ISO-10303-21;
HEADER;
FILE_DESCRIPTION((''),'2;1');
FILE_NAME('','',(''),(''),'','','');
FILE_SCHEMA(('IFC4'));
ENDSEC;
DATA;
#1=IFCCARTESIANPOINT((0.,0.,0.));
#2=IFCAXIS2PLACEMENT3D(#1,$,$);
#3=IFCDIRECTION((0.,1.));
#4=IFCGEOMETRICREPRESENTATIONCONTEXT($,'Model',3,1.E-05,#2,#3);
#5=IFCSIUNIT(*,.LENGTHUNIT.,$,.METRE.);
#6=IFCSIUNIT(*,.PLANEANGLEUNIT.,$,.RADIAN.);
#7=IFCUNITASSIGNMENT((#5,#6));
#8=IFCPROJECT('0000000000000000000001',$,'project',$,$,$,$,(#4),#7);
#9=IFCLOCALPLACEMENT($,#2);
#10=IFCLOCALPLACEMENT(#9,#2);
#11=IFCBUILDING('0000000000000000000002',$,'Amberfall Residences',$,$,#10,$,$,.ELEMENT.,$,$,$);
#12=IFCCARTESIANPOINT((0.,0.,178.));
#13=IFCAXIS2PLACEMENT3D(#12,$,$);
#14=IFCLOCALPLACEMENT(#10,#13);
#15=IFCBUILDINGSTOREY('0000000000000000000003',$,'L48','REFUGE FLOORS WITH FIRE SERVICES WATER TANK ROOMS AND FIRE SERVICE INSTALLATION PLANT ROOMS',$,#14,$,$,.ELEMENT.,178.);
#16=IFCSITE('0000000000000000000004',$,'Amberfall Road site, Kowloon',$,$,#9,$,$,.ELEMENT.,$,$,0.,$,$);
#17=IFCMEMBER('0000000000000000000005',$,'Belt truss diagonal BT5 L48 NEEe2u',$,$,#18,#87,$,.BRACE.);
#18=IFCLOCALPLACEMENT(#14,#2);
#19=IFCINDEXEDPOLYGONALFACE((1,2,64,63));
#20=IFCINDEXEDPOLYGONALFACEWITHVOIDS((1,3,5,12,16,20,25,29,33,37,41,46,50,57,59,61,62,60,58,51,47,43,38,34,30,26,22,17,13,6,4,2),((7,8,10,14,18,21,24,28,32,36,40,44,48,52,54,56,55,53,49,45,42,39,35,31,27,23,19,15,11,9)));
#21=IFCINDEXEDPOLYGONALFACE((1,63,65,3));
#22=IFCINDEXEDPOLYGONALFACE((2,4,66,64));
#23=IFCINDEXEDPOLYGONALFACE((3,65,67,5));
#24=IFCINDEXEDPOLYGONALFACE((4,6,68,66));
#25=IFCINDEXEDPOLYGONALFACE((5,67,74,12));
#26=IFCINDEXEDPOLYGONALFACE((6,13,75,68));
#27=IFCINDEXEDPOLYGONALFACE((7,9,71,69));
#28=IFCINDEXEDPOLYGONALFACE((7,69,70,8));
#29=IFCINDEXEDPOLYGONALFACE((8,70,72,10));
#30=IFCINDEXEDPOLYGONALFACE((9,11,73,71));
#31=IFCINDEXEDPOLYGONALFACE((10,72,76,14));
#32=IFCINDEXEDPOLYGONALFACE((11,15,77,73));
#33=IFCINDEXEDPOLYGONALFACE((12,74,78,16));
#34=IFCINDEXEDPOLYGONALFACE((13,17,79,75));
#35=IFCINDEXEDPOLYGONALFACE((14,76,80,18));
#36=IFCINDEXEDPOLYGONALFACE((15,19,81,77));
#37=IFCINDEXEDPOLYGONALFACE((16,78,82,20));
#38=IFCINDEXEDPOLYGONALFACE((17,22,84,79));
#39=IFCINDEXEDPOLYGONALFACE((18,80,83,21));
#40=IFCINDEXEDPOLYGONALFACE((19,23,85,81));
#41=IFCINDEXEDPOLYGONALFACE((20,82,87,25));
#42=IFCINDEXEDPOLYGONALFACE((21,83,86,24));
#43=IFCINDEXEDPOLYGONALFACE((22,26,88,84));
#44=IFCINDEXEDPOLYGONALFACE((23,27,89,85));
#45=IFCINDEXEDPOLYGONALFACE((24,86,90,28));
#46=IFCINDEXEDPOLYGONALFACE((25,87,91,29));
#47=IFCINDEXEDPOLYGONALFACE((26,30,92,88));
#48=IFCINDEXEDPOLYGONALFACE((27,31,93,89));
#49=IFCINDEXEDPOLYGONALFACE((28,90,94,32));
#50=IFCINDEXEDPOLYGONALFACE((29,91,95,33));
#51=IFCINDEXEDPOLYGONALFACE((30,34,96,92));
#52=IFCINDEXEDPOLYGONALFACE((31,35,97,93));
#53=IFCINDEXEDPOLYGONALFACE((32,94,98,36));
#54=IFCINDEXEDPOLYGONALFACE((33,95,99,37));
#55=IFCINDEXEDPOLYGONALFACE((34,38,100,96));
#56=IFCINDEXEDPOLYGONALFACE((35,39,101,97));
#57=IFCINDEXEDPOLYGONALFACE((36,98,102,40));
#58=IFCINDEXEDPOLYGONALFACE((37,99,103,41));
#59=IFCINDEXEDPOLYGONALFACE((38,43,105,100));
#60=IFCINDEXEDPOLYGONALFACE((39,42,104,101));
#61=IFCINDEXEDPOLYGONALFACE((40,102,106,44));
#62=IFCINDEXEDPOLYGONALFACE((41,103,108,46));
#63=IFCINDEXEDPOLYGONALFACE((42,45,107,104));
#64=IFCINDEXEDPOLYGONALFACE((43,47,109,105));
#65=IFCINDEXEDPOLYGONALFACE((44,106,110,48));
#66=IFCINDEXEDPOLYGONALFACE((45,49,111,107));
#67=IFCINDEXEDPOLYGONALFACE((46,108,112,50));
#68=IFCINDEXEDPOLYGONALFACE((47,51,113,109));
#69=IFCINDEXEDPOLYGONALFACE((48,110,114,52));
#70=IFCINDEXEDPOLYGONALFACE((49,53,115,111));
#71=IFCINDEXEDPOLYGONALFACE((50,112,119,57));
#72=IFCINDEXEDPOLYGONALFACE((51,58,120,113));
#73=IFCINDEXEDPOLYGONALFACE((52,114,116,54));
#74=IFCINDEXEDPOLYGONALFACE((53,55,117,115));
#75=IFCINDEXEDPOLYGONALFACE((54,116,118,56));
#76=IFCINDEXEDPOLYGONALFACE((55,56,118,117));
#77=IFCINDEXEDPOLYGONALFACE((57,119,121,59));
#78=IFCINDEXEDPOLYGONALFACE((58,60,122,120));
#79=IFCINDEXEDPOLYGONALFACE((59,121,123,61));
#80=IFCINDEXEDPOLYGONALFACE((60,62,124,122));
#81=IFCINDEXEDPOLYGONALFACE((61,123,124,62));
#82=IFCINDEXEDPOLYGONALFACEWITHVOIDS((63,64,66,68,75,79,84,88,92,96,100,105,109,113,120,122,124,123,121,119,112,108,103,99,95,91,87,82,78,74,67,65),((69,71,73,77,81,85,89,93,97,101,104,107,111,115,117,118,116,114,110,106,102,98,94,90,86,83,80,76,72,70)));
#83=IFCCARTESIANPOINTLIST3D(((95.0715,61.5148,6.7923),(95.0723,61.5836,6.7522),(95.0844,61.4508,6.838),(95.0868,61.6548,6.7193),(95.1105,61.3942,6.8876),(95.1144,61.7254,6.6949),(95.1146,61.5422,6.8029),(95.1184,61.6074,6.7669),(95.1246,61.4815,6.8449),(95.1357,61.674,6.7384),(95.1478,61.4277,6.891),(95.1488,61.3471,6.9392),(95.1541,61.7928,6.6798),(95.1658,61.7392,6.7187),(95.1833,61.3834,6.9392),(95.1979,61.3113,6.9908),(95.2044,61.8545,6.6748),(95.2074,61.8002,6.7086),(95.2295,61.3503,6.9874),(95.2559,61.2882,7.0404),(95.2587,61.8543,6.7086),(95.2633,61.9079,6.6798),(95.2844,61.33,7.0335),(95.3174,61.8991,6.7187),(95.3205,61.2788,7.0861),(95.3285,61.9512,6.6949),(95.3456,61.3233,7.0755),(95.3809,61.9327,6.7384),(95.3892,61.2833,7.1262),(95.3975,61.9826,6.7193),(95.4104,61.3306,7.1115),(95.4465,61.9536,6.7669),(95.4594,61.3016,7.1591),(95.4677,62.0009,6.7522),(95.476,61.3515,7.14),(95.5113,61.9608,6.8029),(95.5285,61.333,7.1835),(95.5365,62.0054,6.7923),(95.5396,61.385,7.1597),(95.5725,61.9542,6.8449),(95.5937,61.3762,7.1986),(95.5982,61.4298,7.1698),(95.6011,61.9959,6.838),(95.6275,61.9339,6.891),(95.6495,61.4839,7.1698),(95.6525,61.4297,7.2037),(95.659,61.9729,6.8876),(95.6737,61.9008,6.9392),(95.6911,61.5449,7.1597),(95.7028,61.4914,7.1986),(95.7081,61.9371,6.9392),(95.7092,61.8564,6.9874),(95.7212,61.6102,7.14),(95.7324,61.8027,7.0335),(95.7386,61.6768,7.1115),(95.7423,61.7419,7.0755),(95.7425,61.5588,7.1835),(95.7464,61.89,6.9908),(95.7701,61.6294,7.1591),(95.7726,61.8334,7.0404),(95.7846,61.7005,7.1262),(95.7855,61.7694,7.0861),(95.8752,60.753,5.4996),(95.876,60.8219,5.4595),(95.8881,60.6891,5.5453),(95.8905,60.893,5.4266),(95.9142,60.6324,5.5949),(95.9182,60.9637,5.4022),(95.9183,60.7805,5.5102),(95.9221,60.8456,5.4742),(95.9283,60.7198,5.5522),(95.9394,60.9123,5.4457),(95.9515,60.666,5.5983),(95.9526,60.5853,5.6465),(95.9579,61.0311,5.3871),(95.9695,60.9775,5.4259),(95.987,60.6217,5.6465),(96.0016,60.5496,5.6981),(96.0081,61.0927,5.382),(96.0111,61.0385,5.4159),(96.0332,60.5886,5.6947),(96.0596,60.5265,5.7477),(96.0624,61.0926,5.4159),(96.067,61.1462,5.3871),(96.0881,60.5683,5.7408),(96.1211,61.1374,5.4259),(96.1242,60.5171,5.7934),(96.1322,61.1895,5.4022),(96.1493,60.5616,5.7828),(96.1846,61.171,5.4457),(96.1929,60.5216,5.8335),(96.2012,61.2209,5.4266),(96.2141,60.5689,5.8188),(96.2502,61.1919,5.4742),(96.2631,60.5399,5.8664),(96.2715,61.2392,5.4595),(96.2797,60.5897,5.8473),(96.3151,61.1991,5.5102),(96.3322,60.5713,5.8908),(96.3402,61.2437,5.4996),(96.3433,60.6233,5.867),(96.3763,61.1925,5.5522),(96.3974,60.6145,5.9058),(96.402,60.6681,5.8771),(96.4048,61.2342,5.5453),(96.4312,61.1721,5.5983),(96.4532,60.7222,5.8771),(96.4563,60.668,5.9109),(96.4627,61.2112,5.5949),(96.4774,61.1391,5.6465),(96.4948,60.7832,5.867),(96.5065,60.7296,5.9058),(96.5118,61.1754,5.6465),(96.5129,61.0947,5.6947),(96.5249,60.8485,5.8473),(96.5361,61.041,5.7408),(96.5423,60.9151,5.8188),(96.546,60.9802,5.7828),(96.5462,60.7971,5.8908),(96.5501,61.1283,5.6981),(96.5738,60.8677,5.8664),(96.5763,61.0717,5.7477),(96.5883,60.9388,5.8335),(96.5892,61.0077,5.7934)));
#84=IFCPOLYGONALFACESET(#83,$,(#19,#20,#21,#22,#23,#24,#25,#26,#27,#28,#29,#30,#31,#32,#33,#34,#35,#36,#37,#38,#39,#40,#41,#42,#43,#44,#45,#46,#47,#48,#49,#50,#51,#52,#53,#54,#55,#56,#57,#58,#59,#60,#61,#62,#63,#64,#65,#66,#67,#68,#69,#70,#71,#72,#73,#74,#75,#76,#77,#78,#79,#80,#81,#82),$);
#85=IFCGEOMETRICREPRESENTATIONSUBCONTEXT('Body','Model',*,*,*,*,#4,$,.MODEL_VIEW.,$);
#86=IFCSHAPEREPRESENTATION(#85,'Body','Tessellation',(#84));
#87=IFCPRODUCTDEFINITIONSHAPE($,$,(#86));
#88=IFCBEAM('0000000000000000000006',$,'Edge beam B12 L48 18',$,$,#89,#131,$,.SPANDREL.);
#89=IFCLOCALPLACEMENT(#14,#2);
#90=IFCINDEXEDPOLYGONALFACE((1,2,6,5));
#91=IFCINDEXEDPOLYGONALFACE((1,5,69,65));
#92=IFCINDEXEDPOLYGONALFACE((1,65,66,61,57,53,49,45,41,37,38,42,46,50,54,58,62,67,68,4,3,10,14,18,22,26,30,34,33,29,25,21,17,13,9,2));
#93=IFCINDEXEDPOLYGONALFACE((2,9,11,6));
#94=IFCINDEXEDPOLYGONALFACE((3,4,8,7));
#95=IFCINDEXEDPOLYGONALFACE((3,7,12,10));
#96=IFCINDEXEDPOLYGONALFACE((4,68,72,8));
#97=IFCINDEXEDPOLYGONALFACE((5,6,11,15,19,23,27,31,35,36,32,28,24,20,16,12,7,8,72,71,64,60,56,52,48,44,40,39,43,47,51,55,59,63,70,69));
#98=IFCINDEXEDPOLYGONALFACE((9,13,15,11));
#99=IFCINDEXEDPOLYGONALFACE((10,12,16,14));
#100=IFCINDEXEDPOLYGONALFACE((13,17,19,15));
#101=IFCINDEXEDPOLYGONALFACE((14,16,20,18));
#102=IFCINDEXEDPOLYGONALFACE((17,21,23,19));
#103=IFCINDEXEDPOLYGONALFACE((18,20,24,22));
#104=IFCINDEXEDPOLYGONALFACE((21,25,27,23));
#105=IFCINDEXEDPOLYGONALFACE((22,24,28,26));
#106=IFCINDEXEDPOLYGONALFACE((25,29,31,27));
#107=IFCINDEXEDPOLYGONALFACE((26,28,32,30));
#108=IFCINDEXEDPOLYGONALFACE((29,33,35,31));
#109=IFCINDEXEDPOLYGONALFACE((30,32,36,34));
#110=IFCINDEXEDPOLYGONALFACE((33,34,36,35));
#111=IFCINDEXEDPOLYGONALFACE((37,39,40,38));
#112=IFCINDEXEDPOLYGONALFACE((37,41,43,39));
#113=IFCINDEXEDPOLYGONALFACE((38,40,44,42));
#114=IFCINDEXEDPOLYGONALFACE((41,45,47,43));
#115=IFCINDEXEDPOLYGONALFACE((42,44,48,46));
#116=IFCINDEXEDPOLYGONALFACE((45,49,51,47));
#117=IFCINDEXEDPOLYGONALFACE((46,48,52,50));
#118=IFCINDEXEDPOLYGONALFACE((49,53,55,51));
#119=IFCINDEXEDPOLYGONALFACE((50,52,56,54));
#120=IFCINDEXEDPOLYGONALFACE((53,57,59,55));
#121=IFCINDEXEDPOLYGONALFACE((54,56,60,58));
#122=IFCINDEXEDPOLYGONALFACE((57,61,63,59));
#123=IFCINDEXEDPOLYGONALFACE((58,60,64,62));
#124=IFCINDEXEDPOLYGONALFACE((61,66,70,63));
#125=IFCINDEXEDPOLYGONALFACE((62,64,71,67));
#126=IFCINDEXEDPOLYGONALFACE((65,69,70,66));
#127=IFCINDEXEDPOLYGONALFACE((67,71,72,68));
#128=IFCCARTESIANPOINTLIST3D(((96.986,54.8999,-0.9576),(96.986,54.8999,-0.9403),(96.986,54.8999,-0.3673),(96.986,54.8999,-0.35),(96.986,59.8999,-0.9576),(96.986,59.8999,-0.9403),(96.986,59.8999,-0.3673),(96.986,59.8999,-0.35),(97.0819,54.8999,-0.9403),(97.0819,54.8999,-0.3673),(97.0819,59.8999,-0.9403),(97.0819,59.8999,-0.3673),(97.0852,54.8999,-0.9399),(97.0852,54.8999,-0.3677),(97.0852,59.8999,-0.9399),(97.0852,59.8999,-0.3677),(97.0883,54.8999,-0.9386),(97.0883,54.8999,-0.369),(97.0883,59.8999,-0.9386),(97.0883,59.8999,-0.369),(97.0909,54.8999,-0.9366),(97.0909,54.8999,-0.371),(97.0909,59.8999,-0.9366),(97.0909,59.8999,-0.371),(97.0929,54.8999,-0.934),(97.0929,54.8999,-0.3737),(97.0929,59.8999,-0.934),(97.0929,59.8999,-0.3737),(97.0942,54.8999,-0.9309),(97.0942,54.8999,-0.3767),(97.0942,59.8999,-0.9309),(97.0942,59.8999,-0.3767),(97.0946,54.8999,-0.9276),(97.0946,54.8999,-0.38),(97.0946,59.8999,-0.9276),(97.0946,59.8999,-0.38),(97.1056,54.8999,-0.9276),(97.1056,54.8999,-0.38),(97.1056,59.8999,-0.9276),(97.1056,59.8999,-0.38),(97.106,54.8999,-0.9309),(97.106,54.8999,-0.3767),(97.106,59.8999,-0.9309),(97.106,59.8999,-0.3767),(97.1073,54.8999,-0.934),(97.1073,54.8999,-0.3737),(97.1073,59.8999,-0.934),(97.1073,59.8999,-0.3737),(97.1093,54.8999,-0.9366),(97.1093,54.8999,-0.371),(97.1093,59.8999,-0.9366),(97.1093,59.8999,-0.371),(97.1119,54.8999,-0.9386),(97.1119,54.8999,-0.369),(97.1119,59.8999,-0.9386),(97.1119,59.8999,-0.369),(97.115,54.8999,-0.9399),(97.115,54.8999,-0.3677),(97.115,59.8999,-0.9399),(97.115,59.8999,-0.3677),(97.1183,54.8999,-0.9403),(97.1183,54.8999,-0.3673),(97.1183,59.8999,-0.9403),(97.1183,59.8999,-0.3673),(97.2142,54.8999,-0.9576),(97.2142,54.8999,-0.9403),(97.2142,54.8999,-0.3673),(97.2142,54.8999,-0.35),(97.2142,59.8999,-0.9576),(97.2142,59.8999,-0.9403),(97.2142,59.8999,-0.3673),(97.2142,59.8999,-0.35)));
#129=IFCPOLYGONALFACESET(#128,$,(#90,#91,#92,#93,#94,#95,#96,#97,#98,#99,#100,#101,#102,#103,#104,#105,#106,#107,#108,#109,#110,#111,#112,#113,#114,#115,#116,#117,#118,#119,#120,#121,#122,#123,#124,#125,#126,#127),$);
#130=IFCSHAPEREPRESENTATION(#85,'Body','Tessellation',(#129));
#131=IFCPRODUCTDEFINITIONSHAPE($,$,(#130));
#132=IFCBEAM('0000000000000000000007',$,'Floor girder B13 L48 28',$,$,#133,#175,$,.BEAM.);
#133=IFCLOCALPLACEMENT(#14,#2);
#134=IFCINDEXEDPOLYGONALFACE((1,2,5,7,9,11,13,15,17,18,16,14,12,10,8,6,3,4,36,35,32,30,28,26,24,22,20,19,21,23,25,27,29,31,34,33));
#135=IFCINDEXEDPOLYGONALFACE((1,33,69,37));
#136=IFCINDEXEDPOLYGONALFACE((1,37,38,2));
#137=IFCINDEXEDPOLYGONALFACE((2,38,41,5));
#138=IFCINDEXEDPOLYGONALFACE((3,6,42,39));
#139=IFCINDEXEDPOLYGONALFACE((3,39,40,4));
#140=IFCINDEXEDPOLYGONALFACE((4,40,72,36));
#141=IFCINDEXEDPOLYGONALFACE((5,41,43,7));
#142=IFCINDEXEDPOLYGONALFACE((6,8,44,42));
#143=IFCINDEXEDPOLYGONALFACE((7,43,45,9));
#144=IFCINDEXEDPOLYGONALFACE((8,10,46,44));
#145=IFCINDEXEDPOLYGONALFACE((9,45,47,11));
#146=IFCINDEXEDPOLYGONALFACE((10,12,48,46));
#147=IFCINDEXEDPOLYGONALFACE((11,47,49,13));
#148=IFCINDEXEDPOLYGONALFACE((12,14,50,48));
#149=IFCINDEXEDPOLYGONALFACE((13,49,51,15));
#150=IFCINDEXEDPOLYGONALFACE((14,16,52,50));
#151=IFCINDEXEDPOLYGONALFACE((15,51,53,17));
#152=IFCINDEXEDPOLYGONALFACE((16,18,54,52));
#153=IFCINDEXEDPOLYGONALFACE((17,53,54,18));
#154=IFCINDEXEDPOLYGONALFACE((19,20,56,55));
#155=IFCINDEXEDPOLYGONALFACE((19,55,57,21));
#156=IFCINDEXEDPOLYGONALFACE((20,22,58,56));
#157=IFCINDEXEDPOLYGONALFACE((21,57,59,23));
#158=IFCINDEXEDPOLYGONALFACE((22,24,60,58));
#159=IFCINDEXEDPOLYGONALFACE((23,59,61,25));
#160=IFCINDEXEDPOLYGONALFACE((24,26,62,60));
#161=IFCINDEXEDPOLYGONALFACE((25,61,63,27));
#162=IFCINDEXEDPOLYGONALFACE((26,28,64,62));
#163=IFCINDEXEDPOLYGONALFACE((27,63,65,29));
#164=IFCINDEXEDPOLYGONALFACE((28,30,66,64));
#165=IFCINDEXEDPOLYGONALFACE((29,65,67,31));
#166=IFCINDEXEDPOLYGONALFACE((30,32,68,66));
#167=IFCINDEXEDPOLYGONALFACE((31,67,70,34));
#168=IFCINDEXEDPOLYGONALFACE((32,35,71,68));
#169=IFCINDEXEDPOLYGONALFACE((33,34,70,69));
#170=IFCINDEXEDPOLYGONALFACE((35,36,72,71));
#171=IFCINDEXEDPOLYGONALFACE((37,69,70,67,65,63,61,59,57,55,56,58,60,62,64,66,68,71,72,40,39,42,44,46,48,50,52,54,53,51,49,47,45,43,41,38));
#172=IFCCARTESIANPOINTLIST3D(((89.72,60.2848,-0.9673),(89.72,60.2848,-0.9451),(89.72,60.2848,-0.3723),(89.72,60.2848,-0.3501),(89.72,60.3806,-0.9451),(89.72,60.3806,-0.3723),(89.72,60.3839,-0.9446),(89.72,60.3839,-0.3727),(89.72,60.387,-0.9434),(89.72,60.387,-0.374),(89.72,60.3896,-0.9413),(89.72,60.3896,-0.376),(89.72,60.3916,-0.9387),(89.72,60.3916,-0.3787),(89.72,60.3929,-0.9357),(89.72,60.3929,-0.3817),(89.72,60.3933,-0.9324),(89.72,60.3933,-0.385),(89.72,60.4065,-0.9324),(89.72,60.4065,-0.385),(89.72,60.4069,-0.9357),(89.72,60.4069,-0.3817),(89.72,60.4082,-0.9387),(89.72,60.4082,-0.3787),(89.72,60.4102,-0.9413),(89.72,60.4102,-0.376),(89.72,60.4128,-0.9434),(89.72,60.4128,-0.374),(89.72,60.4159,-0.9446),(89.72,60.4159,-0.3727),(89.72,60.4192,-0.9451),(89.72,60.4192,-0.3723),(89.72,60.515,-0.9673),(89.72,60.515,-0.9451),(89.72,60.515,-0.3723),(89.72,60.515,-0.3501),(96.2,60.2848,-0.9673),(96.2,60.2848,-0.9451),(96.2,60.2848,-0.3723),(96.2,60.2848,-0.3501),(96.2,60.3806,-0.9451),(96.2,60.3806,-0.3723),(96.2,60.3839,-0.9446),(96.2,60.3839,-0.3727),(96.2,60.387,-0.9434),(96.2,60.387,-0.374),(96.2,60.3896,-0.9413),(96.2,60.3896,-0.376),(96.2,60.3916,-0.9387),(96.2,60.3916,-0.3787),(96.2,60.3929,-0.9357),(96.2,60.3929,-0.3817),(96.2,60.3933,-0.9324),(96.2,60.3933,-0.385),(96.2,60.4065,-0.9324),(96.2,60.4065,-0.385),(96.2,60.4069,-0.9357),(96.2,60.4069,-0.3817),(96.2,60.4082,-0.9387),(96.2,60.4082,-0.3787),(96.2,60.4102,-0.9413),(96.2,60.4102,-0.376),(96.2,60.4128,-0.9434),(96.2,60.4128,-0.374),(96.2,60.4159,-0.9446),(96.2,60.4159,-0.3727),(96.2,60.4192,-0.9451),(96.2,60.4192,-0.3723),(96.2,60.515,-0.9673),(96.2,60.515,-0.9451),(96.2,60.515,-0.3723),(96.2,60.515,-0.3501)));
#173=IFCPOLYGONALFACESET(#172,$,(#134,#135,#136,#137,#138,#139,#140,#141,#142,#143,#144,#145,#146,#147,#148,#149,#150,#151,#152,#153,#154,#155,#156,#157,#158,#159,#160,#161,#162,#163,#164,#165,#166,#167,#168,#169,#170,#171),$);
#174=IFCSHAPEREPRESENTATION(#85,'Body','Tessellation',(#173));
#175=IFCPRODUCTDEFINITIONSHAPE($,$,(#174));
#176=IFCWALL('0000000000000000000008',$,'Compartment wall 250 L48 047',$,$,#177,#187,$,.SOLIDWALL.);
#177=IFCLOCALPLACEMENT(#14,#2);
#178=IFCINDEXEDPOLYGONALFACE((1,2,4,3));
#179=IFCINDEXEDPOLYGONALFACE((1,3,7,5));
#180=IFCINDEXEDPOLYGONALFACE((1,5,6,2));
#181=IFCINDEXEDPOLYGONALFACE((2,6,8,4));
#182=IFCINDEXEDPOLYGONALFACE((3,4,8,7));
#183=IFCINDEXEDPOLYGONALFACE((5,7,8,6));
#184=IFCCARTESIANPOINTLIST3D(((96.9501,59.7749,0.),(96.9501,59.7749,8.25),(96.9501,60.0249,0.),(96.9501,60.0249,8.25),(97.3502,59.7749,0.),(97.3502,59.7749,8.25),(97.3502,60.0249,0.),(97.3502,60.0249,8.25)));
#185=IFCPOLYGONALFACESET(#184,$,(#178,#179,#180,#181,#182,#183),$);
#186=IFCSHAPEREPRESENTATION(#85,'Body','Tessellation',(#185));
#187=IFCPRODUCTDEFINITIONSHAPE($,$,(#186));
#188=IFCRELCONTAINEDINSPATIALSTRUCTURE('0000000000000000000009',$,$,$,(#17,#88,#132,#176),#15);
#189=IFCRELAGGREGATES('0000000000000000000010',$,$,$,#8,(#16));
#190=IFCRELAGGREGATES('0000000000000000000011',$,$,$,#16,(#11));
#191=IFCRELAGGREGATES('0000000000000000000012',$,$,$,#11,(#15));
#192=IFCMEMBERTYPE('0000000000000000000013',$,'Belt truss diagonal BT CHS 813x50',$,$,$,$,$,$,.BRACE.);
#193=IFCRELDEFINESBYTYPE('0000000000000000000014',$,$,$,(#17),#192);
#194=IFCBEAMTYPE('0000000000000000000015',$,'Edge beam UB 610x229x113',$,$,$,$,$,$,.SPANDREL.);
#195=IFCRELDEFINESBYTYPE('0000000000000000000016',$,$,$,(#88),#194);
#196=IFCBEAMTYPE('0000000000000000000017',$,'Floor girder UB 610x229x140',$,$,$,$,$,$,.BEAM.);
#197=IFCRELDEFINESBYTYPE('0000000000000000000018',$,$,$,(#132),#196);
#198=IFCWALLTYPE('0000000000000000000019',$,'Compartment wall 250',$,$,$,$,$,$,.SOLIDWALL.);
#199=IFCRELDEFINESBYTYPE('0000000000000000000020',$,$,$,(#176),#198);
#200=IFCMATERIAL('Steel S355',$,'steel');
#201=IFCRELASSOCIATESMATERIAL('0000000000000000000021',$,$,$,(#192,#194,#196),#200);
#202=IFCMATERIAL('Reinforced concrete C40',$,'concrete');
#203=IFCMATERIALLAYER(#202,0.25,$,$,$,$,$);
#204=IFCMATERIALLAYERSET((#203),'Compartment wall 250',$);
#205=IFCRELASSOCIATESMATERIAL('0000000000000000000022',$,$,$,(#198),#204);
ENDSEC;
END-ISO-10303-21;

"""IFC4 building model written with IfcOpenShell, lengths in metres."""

from ifc_helpers import new_model, si_unit, direction, frame, frame_2d, origin, origin_2d, place, context, subcontext, project, spatial, rectangle, hollow_circle, i_section, extrude, material, layer, layer_set, material_profile, profile_set, type_object, element, save


model = new_model("IFC4")

# Units and contexts
model_context = context("Model", 3, precision=1e-05, world=origin(), true_north=direction((0.0, 1.0)))
body_context = subcontext(model_context, "Body", "Model", "MODEL_VIEW")
ifc_project = project(units=[si_unit("LENGTHUNIT", "METRE"), si_unit("PLANEANGLEUNIT", "RADIAN")], contexts=[model_context])

# Site, building, storey
site_placement = place(None, origin())
site = spatial("IfcSite", under=ifc_project, at=site_placement, Name="Amberfall Road site, Kowloon", CompositionType="ELEMENT", RefElevation=0.0)
building_placement = place(site_placement, origin())
building = spatial("IfcBuilding", under=site, at=building_placement, Name="Amberfall Residences", CompositionType="ELEMENT")
storey_placement = place(building_placement, frame((0.0, 0.0, 178.0)))
storey = spatial("IfcBuildingStorey", under=building, at=storey_placement, Name="L48", Description="REFUGE FLOORS WITH FIRE SERVICES WATER TANK ROOMS AND FIRE SERVICE INSTALLATION PLANT ROOMS", CompositionType="ELEMENT", Elevation=178.0)

# Shared definitions
ifc_material_1 = material(Name="Steel S355", Category="steel")

# Member
ifc_material_profile_1 = material_profile(ifc_material_1, hollow_circle(Radius=0.4065, WallThickness=0.05, at=origin_2d()), Name="CHS 813x50")
ifc_profile_set_1 = profile_set([ifc_material_profile_1], Name="Steel S355")
member_type_1 = type_object("IfcMemberType", Name="Belt truss diagonal BT CHS 813x50", PredefinedType="BRACE", material=ifc_profile_set_1)
member_1_placement = place(storey_placement, frame((95.4285, 61.6421, 6.9392), z_axis=(0.472175, -0.447505, -0.759467), x_axis=(0.687891, 0.725814, 0.0)))
element("IfcMember", 1, at=member_1_placement, inside=storey, type_object=member_type_1, Name="Belt truss diagonal BT5 L48 NEEe2u", PredefinedType="BRACE", context=body_context, shape_type="SweptSolid", body=[
    extrude(hollow_circle(Radius=0.4065, WallThickness=0.05, at=origin_2d()), origin(), (0.0, 0.0, 1.0), 1.7021),
])

# Beams
ifc_material_profile_2 = material_profile(ifc_material_1, i_section(OverallWidth=0.2283, OverallDepth=0.6077, WebThickness=0.011, FlangeThickness=0.0173, FilletRadius=0.0127, at=origin_2d()), Name="UB 610x229x113")
ifc_profile_set_2 = profile_set([ifc_material_profile_2], Name="Steel S355")
beam_type_1 = type_object("IfcBeamType", Name="Edge beam UB 610x229x113", PredefinedType="SPANDREL", material=ifc_profile_set_2)
beam_1_placement = place(storey_placement, frame((97.1001, 54.8999, -0.6538), z_axis=(0.0, 1.0, 0.0), x_axis=(-1.0, 0.0, 0.0)))
element("IfcBeam", 2, at=beam_1_placement, inside=storey, type_object=beam_type_1, Name="Edge beam B12 L48 18", PredefinedType="SPANDREL", context=body_context, shape_type="SweptSolid", body=[
    extrude(i_section(OverallWidth=0.2283, OverallDepth=0.6077, WebThickness=0.011, FlangeThickness=0.0173, FilletRadius=0.0127, at=origin_2d()), origin(), (0.0, 0.0, 1.0), 5.0),
])
ifc_material_profile_3 = material_profile(ifc_material_1, i_section(OverallWidth=0.2302, OverallDepth=0.6172, WebThickness=0.0132, FlangeThickness=0.0222, FilletRadius=0.0127, at=origin_2d()), Name="UB 610x229x140")
ifc_profile_set_3 = profile_set([ifc_material_profile_3], Name="Steel S355")
beam_type_2 = type_object("IfcBeamType", Name="Floor girder UB 610x229x140", PredefinedType="BEAM", material=ifc_profile_set_3)
beam_2_placement = place(storey_placement, frame((96.2, 60.3999, -0.6587), z_axis=(-1.0, 0.0, 0.0), x_axis=(0.0, -1.0, 0.0)))
element("IfcBeam", 3, at=beam_2_placement, inside=storey, type_object=beam_type_2, Name="Floor girder B13 L48 28", PredefinedType="BEAM", context=body_context, shape_type="SweptSolid", body=[
    extrude(i_section(OverallWidth=0.2302, OverallDepth=0.6172, WebThickness=0.0132, FlangeThickness=0.0222, FilletRadius=0.0127, at=origin_2d()), origin(), (0.0, 0.0, 1.0), 6.48),
])

# Wall
ifc_material_2 = material(Name="Reinforced concrete C40", Category="concrete")
ifc_layer = layer(ifc_material_2, 0.25)
ifc_layer_set = layer_set([ifc_layer], Name="Compartment wall 250")
wall_type = type_object("IfcWallType", Name="Compartment wall 250", PredefinedType="SOLIDWALL", material=ifc_layer_set)
wall_placement = place(storey_placement, frame((96.95, 59.8999, 0.0), z_axis=(0.0, 0.0, 1.0), x_axis=(1.0, 0.0, 0.0)))
element("IfcWall", 4, at=wall_placement, inside=storey, type_object=wall_type, Name="Compartment wall 250 L48 047", PredefinedType="SOLIDWALL", context=body_context, shape_type="SweptSolid", body=[
    extrude(rectangle(XDim=0.4001, YDim=0.25, at=frame_2d((0.2002, 0.0))), origin(), (0.0, 0.0, 1.0), 8.25),
])

save(model, "model.ifc")
